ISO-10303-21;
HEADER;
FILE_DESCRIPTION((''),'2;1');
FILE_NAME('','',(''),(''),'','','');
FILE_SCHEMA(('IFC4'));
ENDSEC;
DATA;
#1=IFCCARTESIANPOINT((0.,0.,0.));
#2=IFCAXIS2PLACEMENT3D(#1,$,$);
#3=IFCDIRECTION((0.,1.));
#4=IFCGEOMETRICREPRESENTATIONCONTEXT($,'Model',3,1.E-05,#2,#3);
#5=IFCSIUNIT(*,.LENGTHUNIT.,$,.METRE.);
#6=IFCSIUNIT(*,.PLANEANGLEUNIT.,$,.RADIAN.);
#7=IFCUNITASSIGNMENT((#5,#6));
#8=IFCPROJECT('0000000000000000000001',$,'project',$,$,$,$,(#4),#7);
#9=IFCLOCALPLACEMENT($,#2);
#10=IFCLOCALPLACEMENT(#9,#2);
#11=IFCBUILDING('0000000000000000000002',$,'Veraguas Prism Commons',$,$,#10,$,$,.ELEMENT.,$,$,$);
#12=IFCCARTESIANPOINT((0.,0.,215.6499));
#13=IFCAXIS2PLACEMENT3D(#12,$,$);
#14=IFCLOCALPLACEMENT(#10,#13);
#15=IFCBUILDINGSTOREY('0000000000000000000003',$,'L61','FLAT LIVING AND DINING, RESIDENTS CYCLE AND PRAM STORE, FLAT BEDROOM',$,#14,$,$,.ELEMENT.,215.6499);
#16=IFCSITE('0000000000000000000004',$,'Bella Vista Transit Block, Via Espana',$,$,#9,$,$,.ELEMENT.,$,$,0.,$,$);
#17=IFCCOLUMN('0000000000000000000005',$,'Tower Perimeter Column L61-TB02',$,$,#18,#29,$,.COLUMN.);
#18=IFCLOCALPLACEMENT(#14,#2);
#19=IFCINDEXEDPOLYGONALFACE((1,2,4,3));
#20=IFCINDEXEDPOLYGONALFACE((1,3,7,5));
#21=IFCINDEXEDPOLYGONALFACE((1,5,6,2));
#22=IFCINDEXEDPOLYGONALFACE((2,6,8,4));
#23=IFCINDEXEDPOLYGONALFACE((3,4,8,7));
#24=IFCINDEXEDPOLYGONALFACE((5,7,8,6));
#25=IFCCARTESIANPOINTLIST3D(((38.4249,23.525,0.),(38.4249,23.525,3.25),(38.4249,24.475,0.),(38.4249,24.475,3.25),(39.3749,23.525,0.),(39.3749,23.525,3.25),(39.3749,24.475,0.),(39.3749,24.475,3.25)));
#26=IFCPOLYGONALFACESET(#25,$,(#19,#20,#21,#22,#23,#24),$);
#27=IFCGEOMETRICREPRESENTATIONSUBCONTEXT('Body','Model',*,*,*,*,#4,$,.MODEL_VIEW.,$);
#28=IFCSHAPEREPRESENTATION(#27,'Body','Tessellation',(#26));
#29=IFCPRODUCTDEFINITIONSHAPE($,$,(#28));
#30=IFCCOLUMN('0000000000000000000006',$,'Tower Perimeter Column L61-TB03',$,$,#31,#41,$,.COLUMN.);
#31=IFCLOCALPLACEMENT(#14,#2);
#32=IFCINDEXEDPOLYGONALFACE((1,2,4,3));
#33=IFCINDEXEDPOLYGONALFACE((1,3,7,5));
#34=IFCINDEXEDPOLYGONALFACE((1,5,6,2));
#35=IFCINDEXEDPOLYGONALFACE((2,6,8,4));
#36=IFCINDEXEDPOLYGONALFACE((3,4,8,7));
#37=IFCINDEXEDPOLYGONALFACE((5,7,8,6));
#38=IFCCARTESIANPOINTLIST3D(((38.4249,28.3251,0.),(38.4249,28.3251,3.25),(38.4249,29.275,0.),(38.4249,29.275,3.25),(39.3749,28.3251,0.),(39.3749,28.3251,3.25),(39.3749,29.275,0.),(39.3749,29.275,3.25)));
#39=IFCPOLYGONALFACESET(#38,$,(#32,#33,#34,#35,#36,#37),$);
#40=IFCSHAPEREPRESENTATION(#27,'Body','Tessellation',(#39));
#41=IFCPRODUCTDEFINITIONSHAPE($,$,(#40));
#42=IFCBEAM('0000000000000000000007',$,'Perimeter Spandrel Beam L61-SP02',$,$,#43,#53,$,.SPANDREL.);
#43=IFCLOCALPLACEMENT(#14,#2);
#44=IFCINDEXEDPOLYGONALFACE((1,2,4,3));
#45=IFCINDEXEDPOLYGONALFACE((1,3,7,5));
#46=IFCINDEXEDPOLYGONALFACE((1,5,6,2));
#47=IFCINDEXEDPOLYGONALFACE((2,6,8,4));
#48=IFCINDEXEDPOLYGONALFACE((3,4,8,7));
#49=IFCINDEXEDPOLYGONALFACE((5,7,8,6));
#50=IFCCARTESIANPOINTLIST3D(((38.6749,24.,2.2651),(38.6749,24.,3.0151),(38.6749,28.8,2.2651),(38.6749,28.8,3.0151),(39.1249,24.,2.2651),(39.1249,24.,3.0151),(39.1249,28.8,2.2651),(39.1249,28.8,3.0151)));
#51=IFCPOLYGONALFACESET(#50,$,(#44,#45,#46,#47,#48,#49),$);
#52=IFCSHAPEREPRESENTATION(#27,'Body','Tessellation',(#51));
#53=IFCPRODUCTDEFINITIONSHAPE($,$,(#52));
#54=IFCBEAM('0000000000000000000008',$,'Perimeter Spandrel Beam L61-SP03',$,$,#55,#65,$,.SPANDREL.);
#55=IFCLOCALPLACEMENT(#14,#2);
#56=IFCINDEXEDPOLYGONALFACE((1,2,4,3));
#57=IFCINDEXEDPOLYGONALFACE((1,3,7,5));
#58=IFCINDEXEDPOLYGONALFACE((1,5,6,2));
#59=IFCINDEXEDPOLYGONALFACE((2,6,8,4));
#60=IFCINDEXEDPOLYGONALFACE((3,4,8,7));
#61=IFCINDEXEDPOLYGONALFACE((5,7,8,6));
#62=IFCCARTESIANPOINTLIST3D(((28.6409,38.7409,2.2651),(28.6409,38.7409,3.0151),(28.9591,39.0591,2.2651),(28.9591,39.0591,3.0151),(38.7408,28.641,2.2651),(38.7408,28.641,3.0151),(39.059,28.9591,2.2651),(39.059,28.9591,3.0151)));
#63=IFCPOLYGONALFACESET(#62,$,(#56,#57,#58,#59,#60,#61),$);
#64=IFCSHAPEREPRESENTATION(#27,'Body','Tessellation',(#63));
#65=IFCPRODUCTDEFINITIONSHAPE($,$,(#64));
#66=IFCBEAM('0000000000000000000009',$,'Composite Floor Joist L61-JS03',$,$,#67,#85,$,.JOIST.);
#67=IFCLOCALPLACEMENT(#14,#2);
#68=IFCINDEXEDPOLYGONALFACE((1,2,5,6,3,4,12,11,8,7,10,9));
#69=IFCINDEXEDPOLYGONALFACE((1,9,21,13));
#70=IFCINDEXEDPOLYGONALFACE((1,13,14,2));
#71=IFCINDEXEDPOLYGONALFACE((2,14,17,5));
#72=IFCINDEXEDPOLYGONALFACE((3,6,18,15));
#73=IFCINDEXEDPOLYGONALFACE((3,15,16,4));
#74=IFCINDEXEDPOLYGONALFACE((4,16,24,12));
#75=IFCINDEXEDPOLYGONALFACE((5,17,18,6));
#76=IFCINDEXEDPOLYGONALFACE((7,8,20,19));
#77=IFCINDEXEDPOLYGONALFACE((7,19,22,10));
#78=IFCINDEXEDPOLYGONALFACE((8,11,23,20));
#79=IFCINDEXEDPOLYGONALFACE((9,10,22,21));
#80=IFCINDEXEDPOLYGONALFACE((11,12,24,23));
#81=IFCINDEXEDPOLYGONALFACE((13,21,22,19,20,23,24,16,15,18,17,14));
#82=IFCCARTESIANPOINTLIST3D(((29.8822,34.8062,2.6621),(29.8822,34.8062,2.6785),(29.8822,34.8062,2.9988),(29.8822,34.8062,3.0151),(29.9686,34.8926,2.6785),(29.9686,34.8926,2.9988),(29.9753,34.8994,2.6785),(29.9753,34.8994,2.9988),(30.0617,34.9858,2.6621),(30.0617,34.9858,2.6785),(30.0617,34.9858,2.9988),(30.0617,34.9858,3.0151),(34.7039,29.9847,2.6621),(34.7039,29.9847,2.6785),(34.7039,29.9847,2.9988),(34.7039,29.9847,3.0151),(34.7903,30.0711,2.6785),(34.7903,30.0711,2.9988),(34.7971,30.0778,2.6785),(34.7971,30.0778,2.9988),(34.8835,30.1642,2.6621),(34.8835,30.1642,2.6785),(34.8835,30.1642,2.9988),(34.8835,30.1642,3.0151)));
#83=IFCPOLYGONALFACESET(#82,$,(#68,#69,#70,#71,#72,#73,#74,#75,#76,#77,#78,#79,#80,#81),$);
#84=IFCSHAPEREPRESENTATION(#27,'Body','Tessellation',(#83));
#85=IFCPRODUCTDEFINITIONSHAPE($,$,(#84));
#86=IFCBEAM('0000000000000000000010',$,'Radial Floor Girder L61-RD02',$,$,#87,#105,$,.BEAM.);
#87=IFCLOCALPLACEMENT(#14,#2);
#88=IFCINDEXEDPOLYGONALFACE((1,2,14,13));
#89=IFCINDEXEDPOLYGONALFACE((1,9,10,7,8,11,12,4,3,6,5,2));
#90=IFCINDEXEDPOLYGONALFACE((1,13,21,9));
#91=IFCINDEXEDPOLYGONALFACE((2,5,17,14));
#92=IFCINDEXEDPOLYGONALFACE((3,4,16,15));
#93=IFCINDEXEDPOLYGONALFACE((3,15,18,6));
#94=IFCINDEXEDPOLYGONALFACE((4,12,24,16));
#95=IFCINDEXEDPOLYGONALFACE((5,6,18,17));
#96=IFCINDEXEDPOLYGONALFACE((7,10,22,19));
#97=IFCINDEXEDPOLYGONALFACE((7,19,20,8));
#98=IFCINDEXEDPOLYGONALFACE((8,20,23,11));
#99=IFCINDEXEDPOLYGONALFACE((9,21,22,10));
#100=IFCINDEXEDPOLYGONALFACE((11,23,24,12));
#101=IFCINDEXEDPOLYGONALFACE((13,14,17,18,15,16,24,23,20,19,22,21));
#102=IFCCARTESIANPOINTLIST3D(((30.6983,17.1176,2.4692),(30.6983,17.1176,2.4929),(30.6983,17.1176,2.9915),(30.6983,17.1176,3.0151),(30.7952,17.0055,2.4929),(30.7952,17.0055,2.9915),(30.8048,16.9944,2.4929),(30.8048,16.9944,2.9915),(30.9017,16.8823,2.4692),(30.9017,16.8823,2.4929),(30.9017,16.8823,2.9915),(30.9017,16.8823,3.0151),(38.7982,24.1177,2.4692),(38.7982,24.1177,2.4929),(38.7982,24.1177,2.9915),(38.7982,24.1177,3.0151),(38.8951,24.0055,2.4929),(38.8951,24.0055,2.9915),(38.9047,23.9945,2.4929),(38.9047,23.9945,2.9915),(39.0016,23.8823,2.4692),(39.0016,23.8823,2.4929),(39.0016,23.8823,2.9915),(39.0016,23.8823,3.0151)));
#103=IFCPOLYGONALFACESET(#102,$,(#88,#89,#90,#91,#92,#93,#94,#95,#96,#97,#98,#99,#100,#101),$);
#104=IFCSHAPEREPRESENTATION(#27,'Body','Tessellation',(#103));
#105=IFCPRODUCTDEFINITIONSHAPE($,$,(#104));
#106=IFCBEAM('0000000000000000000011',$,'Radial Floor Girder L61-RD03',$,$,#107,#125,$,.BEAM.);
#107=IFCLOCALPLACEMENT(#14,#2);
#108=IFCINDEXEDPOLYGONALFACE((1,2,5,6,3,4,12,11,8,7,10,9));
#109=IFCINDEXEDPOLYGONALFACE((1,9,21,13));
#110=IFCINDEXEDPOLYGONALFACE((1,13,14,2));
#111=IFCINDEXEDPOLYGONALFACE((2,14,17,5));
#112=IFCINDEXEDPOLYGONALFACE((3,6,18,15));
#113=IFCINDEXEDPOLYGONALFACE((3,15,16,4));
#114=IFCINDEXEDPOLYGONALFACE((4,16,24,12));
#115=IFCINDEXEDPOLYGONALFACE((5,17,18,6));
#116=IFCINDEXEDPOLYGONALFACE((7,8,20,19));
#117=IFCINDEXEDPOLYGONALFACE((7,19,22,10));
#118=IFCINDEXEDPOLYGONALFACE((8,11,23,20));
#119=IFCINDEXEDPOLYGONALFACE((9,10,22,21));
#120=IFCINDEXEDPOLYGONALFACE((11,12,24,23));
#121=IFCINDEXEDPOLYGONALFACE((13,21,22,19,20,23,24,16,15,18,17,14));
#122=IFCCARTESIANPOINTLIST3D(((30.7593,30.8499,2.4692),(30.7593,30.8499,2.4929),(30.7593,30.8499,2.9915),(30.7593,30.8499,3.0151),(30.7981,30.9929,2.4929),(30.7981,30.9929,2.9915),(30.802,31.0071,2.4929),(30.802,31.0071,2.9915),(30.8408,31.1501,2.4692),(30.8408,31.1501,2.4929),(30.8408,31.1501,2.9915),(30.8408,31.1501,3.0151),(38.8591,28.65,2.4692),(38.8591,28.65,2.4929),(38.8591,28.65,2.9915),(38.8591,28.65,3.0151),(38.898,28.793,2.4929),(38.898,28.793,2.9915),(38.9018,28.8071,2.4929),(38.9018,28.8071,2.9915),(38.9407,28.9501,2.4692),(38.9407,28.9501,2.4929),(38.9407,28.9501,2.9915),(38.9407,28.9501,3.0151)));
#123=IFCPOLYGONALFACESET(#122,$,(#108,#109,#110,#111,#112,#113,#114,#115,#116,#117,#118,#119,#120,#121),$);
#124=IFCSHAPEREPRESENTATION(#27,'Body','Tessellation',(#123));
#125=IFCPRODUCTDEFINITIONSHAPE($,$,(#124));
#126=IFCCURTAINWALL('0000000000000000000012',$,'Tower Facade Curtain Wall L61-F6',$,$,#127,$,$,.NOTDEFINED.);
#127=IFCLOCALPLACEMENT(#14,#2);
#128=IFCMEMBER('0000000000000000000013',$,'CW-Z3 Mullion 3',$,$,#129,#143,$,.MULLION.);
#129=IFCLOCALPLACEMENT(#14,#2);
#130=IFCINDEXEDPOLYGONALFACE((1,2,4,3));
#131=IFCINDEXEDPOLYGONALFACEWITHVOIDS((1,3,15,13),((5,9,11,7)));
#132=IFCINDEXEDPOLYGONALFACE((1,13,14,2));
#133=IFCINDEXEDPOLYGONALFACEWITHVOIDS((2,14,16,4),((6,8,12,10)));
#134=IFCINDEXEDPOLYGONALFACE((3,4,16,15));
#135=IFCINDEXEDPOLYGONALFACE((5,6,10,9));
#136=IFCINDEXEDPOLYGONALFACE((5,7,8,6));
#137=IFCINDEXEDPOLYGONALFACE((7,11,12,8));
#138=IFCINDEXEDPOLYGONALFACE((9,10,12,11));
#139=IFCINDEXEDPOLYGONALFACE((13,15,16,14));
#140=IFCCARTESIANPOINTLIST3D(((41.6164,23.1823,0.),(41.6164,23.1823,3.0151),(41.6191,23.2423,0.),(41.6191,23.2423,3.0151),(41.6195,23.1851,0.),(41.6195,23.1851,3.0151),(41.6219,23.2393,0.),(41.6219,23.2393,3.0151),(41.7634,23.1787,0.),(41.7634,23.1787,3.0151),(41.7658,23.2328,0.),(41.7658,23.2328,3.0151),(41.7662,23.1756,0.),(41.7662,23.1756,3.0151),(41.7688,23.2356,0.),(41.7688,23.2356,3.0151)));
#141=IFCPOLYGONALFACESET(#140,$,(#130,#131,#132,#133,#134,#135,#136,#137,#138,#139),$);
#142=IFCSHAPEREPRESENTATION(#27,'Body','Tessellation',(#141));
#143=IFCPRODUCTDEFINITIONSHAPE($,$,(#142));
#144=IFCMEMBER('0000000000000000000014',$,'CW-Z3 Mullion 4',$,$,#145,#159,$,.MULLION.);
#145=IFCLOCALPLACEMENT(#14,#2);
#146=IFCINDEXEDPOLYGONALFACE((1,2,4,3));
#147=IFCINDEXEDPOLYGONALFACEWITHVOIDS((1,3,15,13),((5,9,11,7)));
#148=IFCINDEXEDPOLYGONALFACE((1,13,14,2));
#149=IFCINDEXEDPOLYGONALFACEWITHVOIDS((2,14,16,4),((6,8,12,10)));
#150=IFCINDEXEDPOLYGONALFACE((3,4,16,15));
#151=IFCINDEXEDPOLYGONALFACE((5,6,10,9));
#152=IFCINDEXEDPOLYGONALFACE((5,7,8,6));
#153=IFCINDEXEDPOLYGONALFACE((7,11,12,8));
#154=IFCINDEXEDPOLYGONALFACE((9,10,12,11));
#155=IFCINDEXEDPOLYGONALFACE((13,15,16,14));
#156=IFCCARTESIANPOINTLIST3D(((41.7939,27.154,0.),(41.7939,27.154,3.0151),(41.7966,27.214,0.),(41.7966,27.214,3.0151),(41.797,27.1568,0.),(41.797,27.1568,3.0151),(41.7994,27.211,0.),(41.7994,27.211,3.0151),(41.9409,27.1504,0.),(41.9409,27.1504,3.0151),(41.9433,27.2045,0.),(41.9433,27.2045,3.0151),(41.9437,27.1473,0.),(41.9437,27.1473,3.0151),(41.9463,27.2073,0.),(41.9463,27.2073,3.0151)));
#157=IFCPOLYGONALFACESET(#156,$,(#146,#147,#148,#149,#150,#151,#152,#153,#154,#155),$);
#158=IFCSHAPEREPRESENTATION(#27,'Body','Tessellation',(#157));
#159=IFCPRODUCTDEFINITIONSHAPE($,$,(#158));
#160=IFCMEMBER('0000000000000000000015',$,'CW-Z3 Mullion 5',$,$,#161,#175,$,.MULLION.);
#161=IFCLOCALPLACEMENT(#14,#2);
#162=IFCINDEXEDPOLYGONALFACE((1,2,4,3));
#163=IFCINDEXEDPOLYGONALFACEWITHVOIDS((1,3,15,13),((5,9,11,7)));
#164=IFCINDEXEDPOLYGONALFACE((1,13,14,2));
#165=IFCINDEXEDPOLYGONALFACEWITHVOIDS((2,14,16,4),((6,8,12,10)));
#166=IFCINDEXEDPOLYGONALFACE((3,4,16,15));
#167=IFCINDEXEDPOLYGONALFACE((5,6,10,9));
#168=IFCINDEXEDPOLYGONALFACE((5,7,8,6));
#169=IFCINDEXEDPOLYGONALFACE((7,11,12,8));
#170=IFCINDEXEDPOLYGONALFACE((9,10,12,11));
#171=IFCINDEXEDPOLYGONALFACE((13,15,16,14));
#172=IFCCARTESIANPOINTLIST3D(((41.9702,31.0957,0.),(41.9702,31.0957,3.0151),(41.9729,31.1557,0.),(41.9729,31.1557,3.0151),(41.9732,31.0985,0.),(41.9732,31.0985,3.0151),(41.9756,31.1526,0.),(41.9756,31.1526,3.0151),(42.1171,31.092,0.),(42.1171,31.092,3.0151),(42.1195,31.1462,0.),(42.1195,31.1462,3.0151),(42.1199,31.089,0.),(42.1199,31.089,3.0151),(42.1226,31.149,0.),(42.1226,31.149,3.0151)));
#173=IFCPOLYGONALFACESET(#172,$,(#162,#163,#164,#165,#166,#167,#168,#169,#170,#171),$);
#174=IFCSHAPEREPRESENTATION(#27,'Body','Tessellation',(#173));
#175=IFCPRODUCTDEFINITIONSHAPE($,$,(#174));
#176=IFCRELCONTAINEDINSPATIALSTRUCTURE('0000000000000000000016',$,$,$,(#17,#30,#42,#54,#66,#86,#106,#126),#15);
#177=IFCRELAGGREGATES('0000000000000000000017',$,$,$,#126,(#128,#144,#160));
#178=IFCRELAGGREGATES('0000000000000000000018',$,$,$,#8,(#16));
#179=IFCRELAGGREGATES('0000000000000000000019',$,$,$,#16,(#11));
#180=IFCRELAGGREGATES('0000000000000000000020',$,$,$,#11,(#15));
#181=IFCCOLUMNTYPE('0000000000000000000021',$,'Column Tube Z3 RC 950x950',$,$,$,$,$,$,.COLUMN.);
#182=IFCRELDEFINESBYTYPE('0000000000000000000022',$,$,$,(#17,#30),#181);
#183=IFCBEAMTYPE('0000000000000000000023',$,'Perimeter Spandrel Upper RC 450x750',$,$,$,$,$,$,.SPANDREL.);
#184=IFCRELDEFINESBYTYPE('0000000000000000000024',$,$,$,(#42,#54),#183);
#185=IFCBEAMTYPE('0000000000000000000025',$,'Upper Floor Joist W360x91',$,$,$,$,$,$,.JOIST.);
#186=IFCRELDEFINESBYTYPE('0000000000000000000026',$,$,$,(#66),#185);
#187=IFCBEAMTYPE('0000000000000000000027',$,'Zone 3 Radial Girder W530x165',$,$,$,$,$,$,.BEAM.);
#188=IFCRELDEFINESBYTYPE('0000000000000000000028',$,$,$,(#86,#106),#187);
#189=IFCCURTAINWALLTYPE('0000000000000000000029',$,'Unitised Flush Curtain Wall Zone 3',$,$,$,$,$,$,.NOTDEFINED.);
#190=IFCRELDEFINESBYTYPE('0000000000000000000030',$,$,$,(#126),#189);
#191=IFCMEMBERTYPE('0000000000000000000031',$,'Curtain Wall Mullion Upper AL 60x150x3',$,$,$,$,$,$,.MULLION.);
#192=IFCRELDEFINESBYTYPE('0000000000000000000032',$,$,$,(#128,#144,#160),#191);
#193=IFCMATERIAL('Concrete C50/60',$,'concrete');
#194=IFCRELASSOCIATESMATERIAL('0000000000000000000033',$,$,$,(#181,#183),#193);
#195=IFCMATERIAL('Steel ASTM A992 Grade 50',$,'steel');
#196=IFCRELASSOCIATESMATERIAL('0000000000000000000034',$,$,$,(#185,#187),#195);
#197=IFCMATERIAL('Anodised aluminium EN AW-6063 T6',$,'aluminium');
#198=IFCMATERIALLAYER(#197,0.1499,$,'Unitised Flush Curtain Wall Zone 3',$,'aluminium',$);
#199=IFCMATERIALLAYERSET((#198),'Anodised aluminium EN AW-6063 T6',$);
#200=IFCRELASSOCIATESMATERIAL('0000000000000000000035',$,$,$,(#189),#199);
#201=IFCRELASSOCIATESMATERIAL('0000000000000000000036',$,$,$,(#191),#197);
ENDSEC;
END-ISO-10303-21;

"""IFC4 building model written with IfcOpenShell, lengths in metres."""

from ifc_helpers import new_model, si_unit, direction, frame, origin, origin_2d, place, context, subcontext, project, spatial, rectangle, hollow_rectangle, i_section, extrude, source, transform, mapped, material, layer, layer_set, material_profile, profile_set, type_object, element, aggregate, save


model = new_model("IFC4")

# Units and contexts
model_context = context("Model", 3, precision=1e-05, world=origin(), true_north=direction((0.0, 1.0)))
body_context = subcontext(model_context, "Body", "Model", "MODEL_VIEW")
ifc_project = project(units=[si_unit("LENGTHUNIT", "METRE"), si_unit("PLANEANGLEUNIT", "RADIAN")], contexts=[model_context])

# Site, building, storey
site_placement = place(None, origin())
site = spatial("IfcSite", under=ifc_project, at=site_placement, Name="Bella Vista Transit Block, Via Espana", CompositionType="ELEMENT", RefElevation=0.0)
building_placement = place(site_placement, origin())
building = spatial("IfcBuilding", under=site, at=building_placement, Name="Veraguas Prism Commons", CompositionType="ELEMENT")
storey_placement = place(building_placement, frame((0.0, 0.0, 215.6499)))
storey = spatial("IfcBuildingStorey", under=building, at=storey_placement, Name="L61", Description="FLAT LIVING AND DINING, RESIDENTS CYCLE AND PRAM STORE, FLAT BEDROOM", CompositionType="ELEMENT", Elevation=215.6499)

# Columns
ifc_material_1 = material(Name="Concrete C50/60", Category="concrete")
ifc_material_profile_1 = material_profile(ifc_material_1, rectangle(XDim=0.95, YDim=0.95, at=origin_2d()), Name="RC950X950")
ifc_profile_set_1 = profile_set([ifc_material_profile_1], Name="Concrete C50/60")
column_type = type_object("IfcColumnType", Name="Column Tube Z3 RC 950x950", PredefinedType="COLUMN", material=ifc_profile_set_1)
for number, where, z_axis, x_axis, name in (
    (1, (38.8999, 24.0, 0.0), (0.0, 0.0, 1.0), (1.0, 0.0, 0.0), "Tower Perimeter Column L61-TB02"),
    (2, (38.8999, 28.8, 0.0), (0.0, 0.0, 1.0), (1.0, 0.0, 0.0), "Tower Perimeter Column L61-TB03"),
):
    element("IfcColumn", number, at=place(storey_placement, frame(where, z_axis=z_axis, x_axis=x_axis)), inside=storey, type_object=column_type, Name=name, PredefinedType="COLUMN", context=body_context, shape_type="SweptSolid", body=[
        extrude(rectangle(XDim=0.95, YDim=0.95, at=origin_2d()), origin(), (0.0, 0.0, 1.0), 3.25),
    ])

# Beams
ifc_material_profile_2 = material_profile(ifc_material_1, rectangle(XDim=0.45, YDim=0.75, at=origin_2d()), Name="RC450X750")
ifc_profile_set_2 = profile_set([ifc_material_profile_2], Name="Concrete C50/60")
beam_type_1 = type_object("IfcBeamType", Name="Perimeter Spandrel Upper RC 450x750", PredefinedType="SPANDREL", material=ifc_profile_set_2)
beam_1_placement = place(storey_placement, frame((38.8999, 24.0, 2.6401), z_axis=(0.0, 1.0, 0.0), x_axis=(-1.0, 0.0, 0.0)))
element("IfcBeam", 3, at=beam_1_placement, inside=storey, type_object=beam_type_1, Name="Perimeter Spandrel Beam L61-SP02", PredefinedType="SPANDREL", context=body_context, shape_type="SweptSolid", body=[
    extrude(rectangle(XDim=0.45, YDim=0.75, at=origin_2d()), origin(), (0.0, 0.0, 1.0), 4.8),
])
beam_2_placement = place(storey_placement, frame((38.8999, 28.8, 2.6401), z_axis=(-0.707107, 0.707107, 0.0), x_axis=(-0.707107, -0.707107, 0.0)))
element("IfcBeam", 4, at=beam_2_placement, inside=storey, type_object=beam_type_1, Name="Perimeter Spandrel Beam L61-SP03", PredefinedType="SPANDREL", context=body_context, shape_type="SweptSolid", body=[
    extrude(rectangle(XDim=0.45, YDim=0.75, at=origin_2d()), origin(), (0.0, 0.0, 1.0), 14.2834),
])
ifc_material_2 = material(Name="Steel ASTM A992 Grade 50", Category="steel")
ifc_material_profile_3 = material_profile(ifc_material_2, i_section(OverallWidth=0.2539, OverallDepth=0.353, WebThickness=0.0095, FlangeThickness=0.0164, at=origin_2d()), Name="W360X91")
ifc_profile_set_3 = profile_set([ifc_material_profile_3], Name="Steel ASTM A992 Grade 50")
beam_type_2 = type_object("IfcBeamType", Name="Upper Floor Joist W360x91", PredefinedType="JOIST", material=ifc_profile_set_3)
beam_3_placement = place(storey_placement, frame((34.7937, 30.0745, 2.8386), z_axis=(-0.707125, 0.707089, 0.0), x_axis=(-0.707089, -0.707125, 0.0)))
element("IfcBeam", 5, at=beam_3_placement, inside=storey, type_object=beam_type_2, Name="Composite Floor Joist L61-JS03", PredefinedType="JOIST", context=body_context, shape_type="SweptSolid", body=[
    extrude(i_section(OverallWidth=0.2539, OverallDepth=0.353, WebThickness=0.0095, FlangeThickness=0.0164, at=origin_2d()), origin(), (0.0, 0.0, 1.0), 6.8188),
])
ifc_material_profile_4 = material_profile(ifc_material_2, i_section(OverallWidth=0.311, OverallDepth=0.5459, WebThickness=0.0146, FlangeThickness=0.0237, at=origin_2d()), Name="W530X165")
ifc_profile_set_4 = profile_set([ifc_material_profile_4], Name="Steel ASTM A992 Grade 50")
beam_type_3 = type_object("IfcBeamType", Name="Zone 3 Radial Girder W530x165", PredefinedType="BEAM", material=ifc_profile_set_4)
beam_4_placement = place(storey_placement, frame((38.8999, 24.0, 2.7422), z_axis=(-0.756607, -0.65387, 0.0), x_axis=(0.65387, -0.756607, 0.0)))
element("IfcBeam", 6, at=beam_4_placement, inside=storey, type_object=beam_type_3, Name="Radial Floor Girder L61-RD02", PredefinedType="BEAM", context=body_context, shape_type="SweptSolid", body=[
    extrude(i_section(OverallWidth=0.311, OverallDepth=0.5459, WebThickness=0.0146, FlangeThickness=0.0237, at=origin_2d()), origin(), (0.0, 0.0, 1.0), 10.7056),
])
beam_5_placement = place(storey_placement, frame((38.8999, 28.8, 2.7422), z_axis=(-0.965039, 0.262108, 0.0), x_axis=(-0.262108, -0.965039, 0.0)))
element("IfcBeam", 7, at=beam_5_placement, inside=storey, type_object=beam_type_3, Name="Radial Floor Girder L61-RD03", PredefinedType="BEAM", context=body_context, shape_type="SweptSolid", body=[
    extrude(i_section(OverallWidth=0.311, OverallDepth=0.5459, WebThickness=0.0146, FlangeThickness=0.0237, at=origin_2d()), origin(), (0.0, 0.0, 1.0), 8.3933),
])

# Curtain wall, members
ifc_material_3 = material(Name="Anodised aluminium EN AW-6063 T6", Category="aluminium")
ifc_layer_1 = layer(ifc_material_3, 0.1499, Name="Unitised Flush Curtain Wall Zone 3", Category="aluminium")
ifc_layer_set_1 = layer_set([ifc_layer_1], Name="Anodised aluminium EN AW-6063 T6")
curtain_wall_type = type_object("IfcCurtainWallType", Name="Unitised Flush Curtain Wall Zone 3", PredefinedType="NOTDEFINED", material=ifc_layer_set_1)
curtain_wall_placement = place(storey_placement, origin())
curtain_wall = element("IfcCurtainWall", 8, at=curtain_wall_placement, inside=storey, type_object=curtain_wall_type, Name="Tower Facade Curtain Wall L61-F6", PredefinedType="NOTDEFINED")
ifc_material_profile_5 = material_profile(ifc_material_3, hollow_rectangle(XDim=0.0601, YDim=0.1499, WallThickness=0.0029, at=origin_2d()), Name="AL60X150X3")
ifc_profile_set_5 = profile_set([ifc_material_profile_5], Name="Anodised aluminium EN AW-6063 T6")
member_type = type_object("IfcMemberType", Name="Curtain Wall Mullion Upper AL 60x150x3", PredefinedType="MULLION", material=ifc_profile_set_5)
shared_shape_1 = source(origin(), body_context, "Body", "SweptSolid", [
    extrude(hollow_rectangle(XDim=0.0601, YDim=0.1499, WallThickness=0.0029, at=origin_2d()), origin(), (0.0, 0.0, 1.0), 3.0151),
])
member_1_placement = place(storey_placement, frame((41.6926, 23.209, 0.0), z_axis=(0.0, 0.0, 1.0), x_axis=(0.044666, 0.999002, 0.0)))
member_1 = element("IfcMember", 9, at=member_1_placement, type_object=member_type, Name="CW-Z3 Mullion 3", PredefinedType="MULLION", context=body_context, shape_type="MappedRepresentation", body=[
    mapped(shared_shape_1, transform((0.0, 0.0, 0.0), scale=1.0)),
])
member_2_placement = place(storey_placement, frame((41.8701, 27.1807, 0.0), z_axis=(0.0, 0.0, 1.0), x_axis=(0.044666, 0.999002, 0.0)))
member_2 = element("IfcMember", 10, at=member_2_placement, type_object=member_type, Name="CW-Z3 Mullion 4", PredefinedType="MULLION", context=body_context, shape_type="MappedRepresentation", body=[
    mapped(shared_shape_1, transform((0.0, 0.0, 0.0), scale=1.0)),
])
member_3_placement = place(storey_placement, frame((42.0464, 31.1223, 0.0), z_axis=(0.0, 0.0, 1.0), x_axis=(0.044666, 0.999002, 0.0)))
member_3 = element("IfcMember", 11, at=member_3_placement, type_object=member_type, Name="CW-Z3 Mullion 5", PredefinedType="MULLION", context=body_context, shape_type="MappedRepresentation", body=[
    mapped(shared_shape_1, transform((0.0, 0.0, 0.0), scale=1.0)),
])
aggregate(curtain_wall, [member_1, member_2, member_3])

save(model, "model.ifc")
